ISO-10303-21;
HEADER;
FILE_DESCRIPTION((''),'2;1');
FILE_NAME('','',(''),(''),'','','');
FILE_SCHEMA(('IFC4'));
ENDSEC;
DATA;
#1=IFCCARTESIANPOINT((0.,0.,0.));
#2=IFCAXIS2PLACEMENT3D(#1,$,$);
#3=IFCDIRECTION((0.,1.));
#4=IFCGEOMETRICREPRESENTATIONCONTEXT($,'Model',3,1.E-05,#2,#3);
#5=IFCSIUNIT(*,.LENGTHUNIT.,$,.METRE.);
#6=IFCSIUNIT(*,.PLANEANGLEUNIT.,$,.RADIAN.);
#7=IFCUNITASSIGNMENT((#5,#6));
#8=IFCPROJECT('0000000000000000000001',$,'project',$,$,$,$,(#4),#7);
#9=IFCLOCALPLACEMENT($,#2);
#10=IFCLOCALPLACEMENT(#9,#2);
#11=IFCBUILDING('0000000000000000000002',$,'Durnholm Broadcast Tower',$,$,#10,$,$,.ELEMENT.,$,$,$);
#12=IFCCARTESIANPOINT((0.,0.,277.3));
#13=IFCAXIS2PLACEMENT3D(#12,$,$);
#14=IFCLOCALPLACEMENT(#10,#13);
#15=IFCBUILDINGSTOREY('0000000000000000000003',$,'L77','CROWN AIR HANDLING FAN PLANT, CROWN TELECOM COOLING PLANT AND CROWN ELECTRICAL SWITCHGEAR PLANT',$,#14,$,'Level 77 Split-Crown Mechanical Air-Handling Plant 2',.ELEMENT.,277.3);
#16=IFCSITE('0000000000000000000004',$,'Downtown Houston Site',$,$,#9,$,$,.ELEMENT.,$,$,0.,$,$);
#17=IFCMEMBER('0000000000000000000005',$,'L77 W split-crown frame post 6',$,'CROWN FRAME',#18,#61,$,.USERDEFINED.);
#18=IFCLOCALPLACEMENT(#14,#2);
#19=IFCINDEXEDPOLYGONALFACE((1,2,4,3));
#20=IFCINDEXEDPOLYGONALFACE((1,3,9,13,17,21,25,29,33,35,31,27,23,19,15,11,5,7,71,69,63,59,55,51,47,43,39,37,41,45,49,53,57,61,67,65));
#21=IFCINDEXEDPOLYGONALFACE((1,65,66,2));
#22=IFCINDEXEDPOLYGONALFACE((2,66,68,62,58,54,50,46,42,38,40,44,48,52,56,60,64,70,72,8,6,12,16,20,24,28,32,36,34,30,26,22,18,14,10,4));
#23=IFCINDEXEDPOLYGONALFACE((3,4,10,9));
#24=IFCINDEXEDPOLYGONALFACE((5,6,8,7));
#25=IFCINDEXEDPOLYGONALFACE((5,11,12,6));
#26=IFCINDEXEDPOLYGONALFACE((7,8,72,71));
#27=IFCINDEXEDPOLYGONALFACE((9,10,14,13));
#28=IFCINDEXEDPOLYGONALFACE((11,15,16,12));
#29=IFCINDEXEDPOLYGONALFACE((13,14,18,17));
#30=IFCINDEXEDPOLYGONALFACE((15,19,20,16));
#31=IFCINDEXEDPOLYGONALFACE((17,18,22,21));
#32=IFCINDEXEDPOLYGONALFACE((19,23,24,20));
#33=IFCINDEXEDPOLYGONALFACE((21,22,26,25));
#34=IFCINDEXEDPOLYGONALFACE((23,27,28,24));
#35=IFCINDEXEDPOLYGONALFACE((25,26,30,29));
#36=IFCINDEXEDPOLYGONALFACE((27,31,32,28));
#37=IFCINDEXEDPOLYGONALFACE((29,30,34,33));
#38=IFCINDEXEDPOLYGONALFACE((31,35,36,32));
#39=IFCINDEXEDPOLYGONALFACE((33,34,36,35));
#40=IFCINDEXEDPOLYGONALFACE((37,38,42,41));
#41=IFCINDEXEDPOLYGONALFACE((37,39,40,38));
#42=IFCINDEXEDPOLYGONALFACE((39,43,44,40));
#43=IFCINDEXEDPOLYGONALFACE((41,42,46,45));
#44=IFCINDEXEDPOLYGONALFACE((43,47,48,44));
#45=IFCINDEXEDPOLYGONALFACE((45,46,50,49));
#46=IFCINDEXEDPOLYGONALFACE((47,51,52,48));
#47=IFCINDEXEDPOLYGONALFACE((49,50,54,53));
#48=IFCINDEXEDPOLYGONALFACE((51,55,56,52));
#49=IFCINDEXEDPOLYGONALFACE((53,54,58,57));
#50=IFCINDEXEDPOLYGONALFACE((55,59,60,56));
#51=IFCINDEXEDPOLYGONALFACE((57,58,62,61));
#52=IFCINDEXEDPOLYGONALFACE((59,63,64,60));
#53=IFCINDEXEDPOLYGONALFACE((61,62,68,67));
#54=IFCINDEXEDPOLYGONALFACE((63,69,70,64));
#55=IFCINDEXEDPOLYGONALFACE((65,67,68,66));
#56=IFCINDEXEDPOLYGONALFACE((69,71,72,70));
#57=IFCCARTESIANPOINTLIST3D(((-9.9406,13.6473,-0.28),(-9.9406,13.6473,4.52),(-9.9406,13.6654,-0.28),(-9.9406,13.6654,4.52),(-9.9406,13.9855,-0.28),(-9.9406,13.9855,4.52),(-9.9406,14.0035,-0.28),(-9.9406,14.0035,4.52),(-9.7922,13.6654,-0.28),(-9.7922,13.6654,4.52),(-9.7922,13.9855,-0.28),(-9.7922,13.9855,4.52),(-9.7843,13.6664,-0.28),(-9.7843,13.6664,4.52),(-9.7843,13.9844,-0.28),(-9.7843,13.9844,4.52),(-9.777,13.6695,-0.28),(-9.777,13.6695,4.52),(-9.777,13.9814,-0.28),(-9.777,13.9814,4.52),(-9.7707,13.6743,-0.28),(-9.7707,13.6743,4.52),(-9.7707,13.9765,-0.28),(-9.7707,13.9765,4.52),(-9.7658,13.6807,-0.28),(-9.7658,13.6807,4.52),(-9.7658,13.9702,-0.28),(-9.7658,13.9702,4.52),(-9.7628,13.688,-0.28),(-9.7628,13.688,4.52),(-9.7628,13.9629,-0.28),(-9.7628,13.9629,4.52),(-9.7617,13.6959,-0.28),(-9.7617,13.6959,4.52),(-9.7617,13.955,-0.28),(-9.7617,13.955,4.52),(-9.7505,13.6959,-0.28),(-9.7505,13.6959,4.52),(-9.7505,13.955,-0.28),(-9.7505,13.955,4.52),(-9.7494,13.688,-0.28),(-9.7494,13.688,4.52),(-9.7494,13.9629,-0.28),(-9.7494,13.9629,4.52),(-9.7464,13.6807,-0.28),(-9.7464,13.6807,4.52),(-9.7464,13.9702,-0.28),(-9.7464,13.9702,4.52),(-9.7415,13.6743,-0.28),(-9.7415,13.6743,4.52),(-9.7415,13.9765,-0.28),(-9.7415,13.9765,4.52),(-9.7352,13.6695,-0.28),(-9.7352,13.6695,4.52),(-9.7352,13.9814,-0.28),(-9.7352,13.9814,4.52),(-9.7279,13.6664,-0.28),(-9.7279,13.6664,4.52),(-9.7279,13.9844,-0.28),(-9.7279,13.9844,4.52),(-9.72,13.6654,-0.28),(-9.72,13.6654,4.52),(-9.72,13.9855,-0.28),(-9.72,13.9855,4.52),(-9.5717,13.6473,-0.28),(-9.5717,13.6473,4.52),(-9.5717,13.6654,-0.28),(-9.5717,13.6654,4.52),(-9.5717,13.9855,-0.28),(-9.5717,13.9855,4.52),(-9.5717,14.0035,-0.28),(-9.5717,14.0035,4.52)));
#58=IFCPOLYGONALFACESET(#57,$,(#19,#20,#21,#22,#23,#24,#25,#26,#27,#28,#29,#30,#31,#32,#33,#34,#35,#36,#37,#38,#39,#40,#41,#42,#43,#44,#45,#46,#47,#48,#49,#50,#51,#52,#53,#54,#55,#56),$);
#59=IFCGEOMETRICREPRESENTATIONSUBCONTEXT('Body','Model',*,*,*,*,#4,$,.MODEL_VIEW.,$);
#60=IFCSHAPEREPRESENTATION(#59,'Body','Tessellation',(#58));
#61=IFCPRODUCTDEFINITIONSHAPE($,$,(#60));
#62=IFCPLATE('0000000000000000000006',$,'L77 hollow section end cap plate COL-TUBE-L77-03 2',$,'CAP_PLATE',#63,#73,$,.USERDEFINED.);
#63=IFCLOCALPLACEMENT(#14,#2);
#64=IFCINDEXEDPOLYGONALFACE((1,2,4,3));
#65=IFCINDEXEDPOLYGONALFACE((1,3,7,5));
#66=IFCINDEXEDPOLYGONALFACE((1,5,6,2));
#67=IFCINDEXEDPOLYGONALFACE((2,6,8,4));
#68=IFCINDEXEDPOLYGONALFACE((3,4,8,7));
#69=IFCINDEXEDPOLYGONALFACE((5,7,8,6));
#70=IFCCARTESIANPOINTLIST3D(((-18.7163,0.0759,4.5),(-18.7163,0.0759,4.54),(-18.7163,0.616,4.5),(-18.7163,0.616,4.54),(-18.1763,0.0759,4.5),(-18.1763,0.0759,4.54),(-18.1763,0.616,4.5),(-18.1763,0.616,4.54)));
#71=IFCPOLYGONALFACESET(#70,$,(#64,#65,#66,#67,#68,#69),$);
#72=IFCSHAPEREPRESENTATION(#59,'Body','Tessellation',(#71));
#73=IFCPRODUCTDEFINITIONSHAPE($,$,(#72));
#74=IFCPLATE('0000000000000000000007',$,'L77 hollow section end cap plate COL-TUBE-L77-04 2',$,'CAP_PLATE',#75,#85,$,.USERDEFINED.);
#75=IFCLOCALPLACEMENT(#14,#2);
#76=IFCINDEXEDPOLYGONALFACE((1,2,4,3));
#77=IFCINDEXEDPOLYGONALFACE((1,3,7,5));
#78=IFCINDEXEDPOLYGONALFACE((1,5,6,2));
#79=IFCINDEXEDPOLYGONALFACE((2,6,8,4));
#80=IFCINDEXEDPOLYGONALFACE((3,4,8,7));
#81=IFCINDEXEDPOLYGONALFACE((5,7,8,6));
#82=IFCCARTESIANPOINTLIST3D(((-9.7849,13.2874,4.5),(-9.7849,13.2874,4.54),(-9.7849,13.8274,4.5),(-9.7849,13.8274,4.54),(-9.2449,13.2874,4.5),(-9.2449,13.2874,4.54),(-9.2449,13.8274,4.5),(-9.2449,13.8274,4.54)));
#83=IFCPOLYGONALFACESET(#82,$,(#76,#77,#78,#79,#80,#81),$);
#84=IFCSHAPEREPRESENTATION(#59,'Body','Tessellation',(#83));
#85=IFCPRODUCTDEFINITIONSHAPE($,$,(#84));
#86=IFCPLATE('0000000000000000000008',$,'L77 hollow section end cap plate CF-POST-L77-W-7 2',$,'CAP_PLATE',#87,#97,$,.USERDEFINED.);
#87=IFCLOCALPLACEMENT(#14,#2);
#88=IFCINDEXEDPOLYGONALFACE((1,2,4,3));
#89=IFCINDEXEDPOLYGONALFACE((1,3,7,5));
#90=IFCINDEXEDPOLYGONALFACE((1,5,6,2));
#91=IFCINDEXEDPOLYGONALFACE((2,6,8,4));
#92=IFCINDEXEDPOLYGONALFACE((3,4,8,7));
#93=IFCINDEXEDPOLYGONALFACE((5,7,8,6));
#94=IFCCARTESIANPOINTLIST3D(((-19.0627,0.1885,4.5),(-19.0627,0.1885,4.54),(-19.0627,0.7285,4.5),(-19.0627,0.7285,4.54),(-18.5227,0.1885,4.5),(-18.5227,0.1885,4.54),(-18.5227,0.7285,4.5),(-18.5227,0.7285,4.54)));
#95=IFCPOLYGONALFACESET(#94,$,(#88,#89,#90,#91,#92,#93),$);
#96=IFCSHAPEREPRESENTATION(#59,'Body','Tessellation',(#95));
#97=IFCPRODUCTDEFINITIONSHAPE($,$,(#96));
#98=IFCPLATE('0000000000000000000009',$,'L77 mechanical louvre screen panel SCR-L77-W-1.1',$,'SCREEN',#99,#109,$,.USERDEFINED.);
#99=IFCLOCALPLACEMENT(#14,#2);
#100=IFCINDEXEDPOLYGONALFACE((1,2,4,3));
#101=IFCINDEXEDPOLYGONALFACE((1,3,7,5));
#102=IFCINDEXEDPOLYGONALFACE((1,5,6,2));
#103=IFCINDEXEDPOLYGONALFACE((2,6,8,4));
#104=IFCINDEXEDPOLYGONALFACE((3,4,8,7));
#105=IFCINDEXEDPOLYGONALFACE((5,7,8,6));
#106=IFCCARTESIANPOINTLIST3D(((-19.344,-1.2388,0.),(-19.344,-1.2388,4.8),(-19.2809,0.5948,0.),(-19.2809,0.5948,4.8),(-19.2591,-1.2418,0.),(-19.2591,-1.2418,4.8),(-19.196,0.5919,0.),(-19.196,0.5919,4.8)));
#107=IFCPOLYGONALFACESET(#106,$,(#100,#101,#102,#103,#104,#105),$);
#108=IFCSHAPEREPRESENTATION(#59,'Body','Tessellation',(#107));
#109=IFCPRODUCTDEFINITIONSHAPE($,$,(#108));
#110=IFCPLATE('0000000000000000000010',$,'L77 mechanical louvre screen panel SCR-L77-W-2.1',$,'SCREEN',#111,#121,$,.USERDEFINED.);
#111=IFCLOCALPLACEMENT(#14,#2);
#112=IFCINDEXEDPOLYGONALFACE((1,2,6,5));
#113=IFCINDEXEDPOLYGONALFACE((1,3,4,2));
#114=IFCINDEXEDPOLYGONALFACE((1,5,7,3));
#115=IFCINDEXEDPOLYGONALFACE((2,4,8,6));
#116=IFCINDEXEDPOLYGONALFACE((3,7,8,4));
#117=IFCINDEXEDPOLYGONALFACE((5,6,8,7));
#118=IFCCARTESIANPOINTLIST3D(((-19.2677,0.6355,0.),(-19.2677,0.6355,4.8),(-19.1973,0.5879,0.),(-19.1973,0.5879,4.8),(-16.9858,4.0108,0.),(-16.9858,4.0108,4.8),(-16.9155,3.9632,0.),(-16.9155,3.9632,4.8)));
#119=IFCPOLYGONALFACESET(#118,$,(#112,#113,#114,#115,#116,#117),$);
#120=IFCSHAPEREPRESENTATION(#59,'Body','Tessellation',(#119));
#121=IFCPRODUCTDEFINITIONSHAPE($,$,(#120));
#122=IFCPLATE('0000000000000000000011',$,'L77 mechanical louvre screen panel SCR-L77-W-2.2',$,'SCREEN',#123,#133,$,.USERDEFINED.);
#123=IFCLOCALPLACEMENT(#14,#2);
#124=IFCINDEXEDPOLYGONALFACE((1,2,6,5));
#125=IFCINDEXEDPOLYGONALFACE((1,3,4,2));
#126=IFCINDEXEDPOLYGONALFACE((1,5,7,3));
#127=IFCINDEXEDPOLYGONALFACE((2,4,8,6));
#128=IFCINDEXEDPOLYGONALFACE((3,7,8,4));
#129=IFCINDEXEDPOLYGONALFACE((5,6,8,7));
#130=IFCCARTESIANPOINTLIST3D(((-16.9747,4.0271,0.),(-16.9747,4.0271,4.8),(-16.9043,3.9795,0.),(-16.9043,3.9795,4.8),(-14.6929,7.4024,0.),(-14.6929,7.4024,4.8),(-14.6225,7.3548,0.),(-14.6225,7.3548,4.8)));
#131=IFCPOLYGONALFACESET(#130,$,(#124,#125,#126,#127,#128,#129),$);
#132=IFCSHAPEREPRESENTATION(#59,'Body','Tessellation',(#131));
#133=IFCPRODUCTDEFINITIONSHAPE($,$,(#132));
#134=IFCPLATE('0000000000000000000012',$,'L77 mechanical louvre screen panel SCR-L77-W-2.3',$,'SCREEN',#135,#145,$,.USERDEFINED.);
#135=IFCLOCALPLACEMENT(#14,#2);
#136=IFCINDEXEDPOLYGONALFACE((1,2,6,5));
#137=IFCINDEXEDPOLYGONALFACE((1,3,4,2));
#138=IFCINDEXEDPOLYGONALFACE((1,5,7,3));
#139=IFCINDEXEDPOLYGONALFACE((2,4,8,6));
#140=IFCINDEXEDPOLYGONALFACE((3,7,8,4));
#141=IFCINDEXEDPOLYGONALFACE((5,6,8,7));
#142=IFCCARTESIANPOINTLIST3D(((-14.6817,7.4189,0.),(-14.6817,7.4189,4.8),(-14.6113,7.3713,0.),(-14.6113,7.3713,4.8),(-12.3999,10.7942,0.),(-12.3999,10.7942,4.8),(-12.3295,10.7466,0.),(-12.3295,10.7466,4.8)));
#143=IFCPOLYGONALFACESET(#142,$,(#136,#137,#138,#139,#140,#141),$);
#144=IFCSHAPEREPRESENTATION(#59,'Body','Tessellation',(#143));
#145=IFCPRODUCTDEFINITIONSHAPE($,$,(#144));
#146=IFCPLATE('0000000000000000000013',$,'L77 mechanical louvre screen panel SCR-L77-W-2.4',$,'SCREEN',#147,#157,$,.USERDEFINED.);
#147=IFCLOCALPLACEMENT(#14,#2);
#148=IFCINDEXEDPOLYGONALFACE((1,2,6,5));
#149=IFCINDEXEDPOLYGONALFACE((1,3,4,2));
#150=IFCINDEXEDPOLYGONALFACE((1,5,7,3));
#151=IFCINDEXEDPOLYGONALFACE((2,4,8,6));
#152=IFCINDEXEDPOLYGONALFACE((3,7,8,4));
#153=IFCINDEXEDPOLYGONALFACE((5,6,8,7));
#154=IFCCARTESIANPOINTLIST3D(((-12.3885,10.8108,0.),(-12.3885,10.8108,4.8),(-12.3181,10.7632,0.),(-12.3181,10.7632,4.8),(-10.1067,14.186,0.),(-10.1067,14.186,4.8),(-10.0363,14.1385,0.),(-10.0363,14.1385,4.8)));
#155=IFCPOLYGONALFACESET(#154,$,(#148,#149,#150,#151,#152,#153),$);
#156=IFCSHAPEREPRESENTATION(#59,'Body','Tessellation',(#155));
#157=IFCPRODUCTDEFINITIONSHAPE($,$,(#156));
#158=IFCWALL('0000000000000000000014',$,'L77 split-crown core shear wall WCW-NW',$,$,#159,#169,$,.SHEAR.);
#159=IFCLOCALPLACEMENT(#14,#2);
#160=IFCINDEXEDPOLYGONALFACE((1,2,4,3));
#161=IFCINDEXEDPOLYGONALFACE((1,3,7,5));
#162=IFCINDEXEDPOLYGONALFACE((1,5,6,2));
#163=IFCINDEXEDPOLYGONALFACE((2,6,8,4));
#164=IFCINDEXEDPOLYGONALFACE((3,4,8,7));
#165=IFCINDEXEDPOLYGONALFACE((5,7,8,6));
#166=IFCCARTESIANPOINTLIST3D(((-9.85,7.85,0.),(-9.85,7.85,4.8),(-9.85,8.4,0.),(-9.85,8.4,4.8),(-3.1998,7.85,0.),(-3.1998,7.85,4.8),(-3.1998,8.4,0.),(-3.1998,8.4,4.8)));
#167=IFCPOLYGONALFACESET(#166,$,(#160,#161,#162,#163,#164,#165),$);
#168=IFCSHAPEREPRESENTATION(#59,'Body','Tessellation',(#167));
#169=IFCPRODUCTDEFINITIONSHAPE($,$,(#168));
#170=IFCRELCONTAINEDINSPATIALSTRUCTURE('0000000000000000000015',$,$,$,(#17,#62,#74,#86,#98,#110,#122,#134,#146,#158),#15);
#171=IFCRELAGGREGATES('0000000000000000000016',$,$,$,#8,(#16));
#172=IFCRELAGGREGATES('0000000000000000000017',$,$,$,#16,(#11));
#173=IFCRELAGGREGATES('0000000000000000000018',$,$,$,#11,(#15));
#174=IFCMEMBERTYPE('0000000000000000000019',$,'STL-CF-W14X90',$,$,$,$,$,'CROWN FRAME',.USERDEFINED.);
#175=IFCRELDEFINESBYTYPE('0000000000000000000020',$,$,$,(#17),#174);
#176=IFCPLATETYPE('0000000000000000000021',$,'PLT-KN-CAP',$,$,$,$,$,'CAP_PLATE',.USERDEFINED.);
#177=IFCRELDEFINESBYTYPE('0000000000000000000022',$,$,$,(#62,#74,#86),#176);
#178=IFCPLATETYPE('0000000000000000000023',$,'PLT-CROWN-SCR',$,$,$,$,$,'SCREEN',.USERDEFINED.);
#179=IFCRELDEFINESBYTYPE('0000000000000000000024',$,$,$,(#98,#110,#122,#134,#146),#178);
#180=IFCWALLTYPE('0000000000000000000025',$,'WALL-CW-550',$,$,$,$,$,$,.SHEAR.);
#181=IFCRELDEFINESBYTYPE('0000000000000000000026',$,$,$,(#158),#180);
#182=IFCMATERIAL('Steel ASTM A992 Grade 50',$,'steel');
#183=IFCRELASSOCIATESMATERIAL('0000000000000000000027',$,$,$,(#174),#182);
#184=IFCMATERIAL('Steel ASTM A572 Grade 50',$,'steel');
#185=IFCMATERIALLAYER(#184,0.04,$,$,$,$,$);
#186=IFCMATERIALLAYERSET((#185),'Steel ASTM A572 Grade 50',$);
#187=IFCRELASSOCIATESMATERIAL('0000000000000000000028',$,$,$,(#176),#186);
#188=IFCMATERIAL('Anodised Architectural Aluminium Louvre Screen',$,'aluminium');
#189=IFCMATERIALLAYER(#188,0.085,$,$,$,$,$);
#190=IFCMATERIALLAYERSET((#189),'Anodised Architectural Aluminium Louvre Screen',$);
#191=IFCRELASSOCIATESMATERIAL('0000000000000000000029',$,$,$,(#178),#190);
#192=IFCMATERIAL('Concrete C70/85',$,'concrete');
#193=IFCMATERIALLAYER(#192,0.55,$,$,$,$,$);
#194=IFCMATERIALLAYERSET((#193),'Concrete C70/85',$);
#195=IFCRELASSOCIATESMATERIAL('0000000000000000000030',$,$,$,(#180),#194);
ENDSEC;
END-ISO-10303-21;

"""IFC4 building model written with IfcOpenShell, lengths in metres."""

from ifc_helpers import new_model, si_unit, direction, frame, frame_2d, origin, origin_2d, place, context, subcontext, project, spatial, rectangle, i_section, extrude, source, transform, mapped, material, layer, layer_set, material_profile, profile_set, type_object, type_shapes, element, save


model = new_model("IFC4")

# Units and contexts
model_context = context("Model", 3, precision=1e-05, world=origin(), true_north=direction((0.0, 1.0)))
body_context = subcontext(model_context, "Body", "Model", "MODEL_VIEW")
ifc_project = project(units=[si_unit("LENGTHUNIT", "METRE"), si_unit("PLANEANGLEUNIT", "RADIAN")], contexts=[model_context])

# Site, building, storey
site_placement = place(None, origin())
site = spatial("IfcSite", under=ifc_project, at=site_placement, Name="Downtown Houston Site", CompositionType="ELEMENT", RefElevation=0.0)
building_placement = place(site_placement, origin())
building = spatial("IfcBuilding", under=site, at=building_placement, Name="Durnholm Broadcast Tower", CompositionType="ELEMENT")
storey_placement = place(building_placement, frame((0.0, 0.0, 277.3)))
storey = spatial("IfcBuildingStorey", under=building, at=storey_placement, Name="L77", Description="CROWN AIR HANDLING FAN PLANT, CROWN TELECOM COOLING PLANT AND CROWN ELECTRICAL SWITCHGEAR PLANT", LongName="Level 77 Split-Crown Mechanical Air-Handling Plant 2", CompositionType="ELEMENT", Elevation=277.3)

# Shared definitions
ifc_material_1 = material(Name="Concrete C70/85", Category="concrete")

# Shared definitions
ifc_material_2 = material(Name="Steel ASTM A992 Grade 50", Category="steel")

# Member
ifc_material_profile_1 = material_profile(ifc_material_2, i_section(OverallWidth=0.3689, OverallDepth=0.3562, WebThickness=0.0112, FlangeThickness=0.0181, FilletRadius=0.0305, at=origin_2d()), Name="W14X90")
ifc_profile_set_1 = profile_set([ifc_material_profile_1], Name="Steel ASTM A992 Grade 50")
member_type_1 = type_object("IfcMemberType", Name="STL-CF-W14X90", ElementType="CROWN FRAME", PredefinedType="USERDEFINED", material=ifc_profile_set_1)
shared_shape_1 = source(origin(), body_context, "Body", "SweptSolid", [
    extrude(i_section(OverallWidth=0.3689, OverallDepth=0.3562, WebThickness=0.0112, FlangeThickness=0.0181, FilletRadius=0.0305, at=origin_2d()), origin(), (0.0, 0.0, 1.0), 4.8),
])
type_shapes(member_type_1, [shared_shape_1])
member_1_placement = place(storey_placement, frame((-9.7561, 13.8254, -0.28), z_axis=(0.0, 0.0, 1.0), x_axis=(1.0, 0.0, 0.0)))
element("IfcMember", 1, at=member_1_placement, inside=storey, type_object=member_type_1, Name="L77 W split-crown frame post 6", ObjectType="CROWN FRAME", PredefinedType="USERDEFINED", context=body_context, shape_type="MappedRepresentation", body=[
    mapped(shared_shape_1, transform((0.0, 0.0, 0.0), x_axis=(1.0, 0.0, 0.0), y_axis=(0.0, 1.0, 0.0), z_axis=(0.0, 0.0, 1.0), scale=1.0)),
])

# Plates
ifc_material_3 = material(Name="Steel ASTM A572 Grade 50", Category="steel")
ifc_layer_1 = layer(ifc_material_3, 0.04)
ifc_layer_set_1 = layer_set([ifc_layer_1], Name="Steel ASTM A572 Grade 50")
plate_type_1 = type_object("IfcPlateType", Name="PLT-KN-CAP", ElementType="CAP_PLATE", PredefinedType="USERDEFINED", material=ifc_layer_set_1)
shared_shape_2 = source(origin(), body_context, "Body", "SweptSolid", [
    extrude(rectangle(XDim=0.54, YDim=0.54, at=origin_2d()), origin(), (0.0, 0.0, 1.0), 0.04),
])
type_shapes(plate_type_1, [shared_shape_2])
for number, where, z_axis, x_axis, name in (
    (2, (-18.4463, 0.3459, 4.5), (0.0, 0.0, 1.0), (1.0, 0.0, 0.0), "L77 hollow section end cap plate COL-TUBE-L77-03 2"),
    (3, (-9.5149, 13.5574, 4.5), (0.0, 0.0, 1.0), (1.0, 0.0, 0.0), "L77 hollow section end cap plate COL-TUBE-L77-04 2"),
    (4, (-18.7927, 0.4585, 4.5), (0.0, 0.0, 1.0), (1.0, 0.0, 0.0), "L77 hollow section end cap plate CF-POST-L77-W-7 2"),
):
    element("IfcPlate", number, at=place(storey_placement, frame(where, z_axis=z_axis, x_axis=x_axis)), inside=storey, type_object=plate_type_1, Name=name, ObjectType="CAP_PLATE", PredefinedType="USERDEFINED", context=body_context, shape_type="MappedRepresentation", body=[
        mapped(shared_shape_2, transform((0.0, 0.0, 0.0), x_axis=(1.0, 0.0, 0.0), y_axis=(0.0, 1.0, 0.0), z_axis=(0.0, 0.0, 1.0), scale=1.0)),
    ])
ifc_material_4 = material(Name="Anodised Architectural Aluminium Louvre Screen", Category="aluminium")
ifc_layer_2 = layer(ifc_material_4, 0.085)
ifc_layer_set_2 = layer_set([ifc_layer_2], Name="Anodised Architectural Aluminium Louvre Screen")
plate_type_2 = type_object("IfcPlateType", Name="PLT-CROWN-SCR", ElementType="SCREEN", PredefinedType="USERDEFINED", material=ifc_layer_set_2)
shared_shape_3 = source(origin(), body_context, "Body", "SweptSolid", [
    extrude(rectangle(XDim=1.8347, YDim=0.085, at=origin_2d()), origin(), (0.0, 0.0, 1.0), 4.8),
])
plate_placement = place(storey_placement, frame((-19.27, -0.3235, 0.0), z_axis=(0.0, 0.0, 1.0), x_axis=(0.034376, 0.999409, 0.0)))
element("IfcPlate", 5, at=plate_placement, inside=storey, type_object=plate_type_2, Name="L77 mechanical louvre screen panel SCR-L77-W-1.1", ObjectType="SCREEN", PredefinedType="USERDEFINED", context=body_context, shape_type="MappedRepresentation", body=[
    mapped(shared_shape_3, transform((0.0, 0.0, 0.0), x_axis=(1.0, 0.0, 0.0), y_axis=(0.0, 1.0, 0.0), z_axis=(0.0, 0.0, 1.0), scale=1.0)),
])
shared_shape_4 = source(origin(), body_context, "Body", "SweptSolid", [
    extrude(rectangle(XDim=4.0742, YDim=0.085, at=origin_2d()), origin(), (0.0, 0.0, 1.0), 4.8),
])
type_shapes(plate_type_2, [shared_shape_3, shared_shape_4])
for number, where, z_axis, x_axis, name in (
    (6, (-18.0916, 2.2993, 0.0), (0.0, 0.0, 1.0), (0.560061, 0.828452, 0.0), "L77 mechanical louvre screen panel SCR-L77-W-2.1"),
    (7, (-15.7986, 5.6909, 0.0), (0.0, 0.0, 1.0), (0.560061, 0.828452, 0.0), "L77 mechanical louvre screen panel SCR-L77-W-2.2"),
    (8, (-13.5056, 9.0828, 0.0), (0.0, 0.0, 1.0), (0.560061, 0.828452, 0.0), "L77 mechanical louvre screen panel SCR-L77-W-2.3"),
    (9, (-11.2124, 12.4746, 0.0), (0.0, 0.0, 1.0), (0.560061, 0.828452, 0.0), "L77 mechanical louvre screen panel SCR-L77-W-2.4"),
):
    element("IfcPlate", number, at=place(storey_placement, frame(where, z_axis=z_axis, x_axis=x_axis)), inside=storey, type_object=plate_type_2, Name=name, ObjectType="SCREEN", PredefinedType="USERDEFINED", context=body_context, shape_type="MappedRepresentation", body=[
        mapped(shared_shape_4, transform((0.0, 0.0, 0.0), x_axis=(1.0, 0.0, 0.0), y_axis=(0.0, 1.0, 0.0), z_axis=(0.0, 0.0, 1.0), scale=1.0)),
    ])

# Wall
ifc_layer_3 = layer(ifc_material_1, 0.55)
ifc_layer_set_3 = layer_set([ifc_layer_3], Name="Concrete C70/85")
wall_type_1 = type_object("IfcWallType", Name="WALL-CW-550", PredefinedType="SHEAR", material=ifc_layer_set_3)
wall_1_placement = place(storey_placement, frame((-9.8501, 8.125, 0.0), z_axis=(0.0, 0.0, 1.0), x_axis=(1.0, 0.0, 0.0)))
element("IfcWall", 10, at=wall_1_placement, inside=storey, type_object=wall_type_1, Name="L77 split-crown core shear wall WCW-NW", PredefinedType="SHEAR", context=body_context, shape_type="SweptSolid", body=[
    extrude(rectangle(XDim=6.6501, YDim=0.55, at=frame_2d((3.3252, 0.0))), origin(), (0.0, 0.0, 1.0), 4.8),
])

save(model, "model.ifc")
